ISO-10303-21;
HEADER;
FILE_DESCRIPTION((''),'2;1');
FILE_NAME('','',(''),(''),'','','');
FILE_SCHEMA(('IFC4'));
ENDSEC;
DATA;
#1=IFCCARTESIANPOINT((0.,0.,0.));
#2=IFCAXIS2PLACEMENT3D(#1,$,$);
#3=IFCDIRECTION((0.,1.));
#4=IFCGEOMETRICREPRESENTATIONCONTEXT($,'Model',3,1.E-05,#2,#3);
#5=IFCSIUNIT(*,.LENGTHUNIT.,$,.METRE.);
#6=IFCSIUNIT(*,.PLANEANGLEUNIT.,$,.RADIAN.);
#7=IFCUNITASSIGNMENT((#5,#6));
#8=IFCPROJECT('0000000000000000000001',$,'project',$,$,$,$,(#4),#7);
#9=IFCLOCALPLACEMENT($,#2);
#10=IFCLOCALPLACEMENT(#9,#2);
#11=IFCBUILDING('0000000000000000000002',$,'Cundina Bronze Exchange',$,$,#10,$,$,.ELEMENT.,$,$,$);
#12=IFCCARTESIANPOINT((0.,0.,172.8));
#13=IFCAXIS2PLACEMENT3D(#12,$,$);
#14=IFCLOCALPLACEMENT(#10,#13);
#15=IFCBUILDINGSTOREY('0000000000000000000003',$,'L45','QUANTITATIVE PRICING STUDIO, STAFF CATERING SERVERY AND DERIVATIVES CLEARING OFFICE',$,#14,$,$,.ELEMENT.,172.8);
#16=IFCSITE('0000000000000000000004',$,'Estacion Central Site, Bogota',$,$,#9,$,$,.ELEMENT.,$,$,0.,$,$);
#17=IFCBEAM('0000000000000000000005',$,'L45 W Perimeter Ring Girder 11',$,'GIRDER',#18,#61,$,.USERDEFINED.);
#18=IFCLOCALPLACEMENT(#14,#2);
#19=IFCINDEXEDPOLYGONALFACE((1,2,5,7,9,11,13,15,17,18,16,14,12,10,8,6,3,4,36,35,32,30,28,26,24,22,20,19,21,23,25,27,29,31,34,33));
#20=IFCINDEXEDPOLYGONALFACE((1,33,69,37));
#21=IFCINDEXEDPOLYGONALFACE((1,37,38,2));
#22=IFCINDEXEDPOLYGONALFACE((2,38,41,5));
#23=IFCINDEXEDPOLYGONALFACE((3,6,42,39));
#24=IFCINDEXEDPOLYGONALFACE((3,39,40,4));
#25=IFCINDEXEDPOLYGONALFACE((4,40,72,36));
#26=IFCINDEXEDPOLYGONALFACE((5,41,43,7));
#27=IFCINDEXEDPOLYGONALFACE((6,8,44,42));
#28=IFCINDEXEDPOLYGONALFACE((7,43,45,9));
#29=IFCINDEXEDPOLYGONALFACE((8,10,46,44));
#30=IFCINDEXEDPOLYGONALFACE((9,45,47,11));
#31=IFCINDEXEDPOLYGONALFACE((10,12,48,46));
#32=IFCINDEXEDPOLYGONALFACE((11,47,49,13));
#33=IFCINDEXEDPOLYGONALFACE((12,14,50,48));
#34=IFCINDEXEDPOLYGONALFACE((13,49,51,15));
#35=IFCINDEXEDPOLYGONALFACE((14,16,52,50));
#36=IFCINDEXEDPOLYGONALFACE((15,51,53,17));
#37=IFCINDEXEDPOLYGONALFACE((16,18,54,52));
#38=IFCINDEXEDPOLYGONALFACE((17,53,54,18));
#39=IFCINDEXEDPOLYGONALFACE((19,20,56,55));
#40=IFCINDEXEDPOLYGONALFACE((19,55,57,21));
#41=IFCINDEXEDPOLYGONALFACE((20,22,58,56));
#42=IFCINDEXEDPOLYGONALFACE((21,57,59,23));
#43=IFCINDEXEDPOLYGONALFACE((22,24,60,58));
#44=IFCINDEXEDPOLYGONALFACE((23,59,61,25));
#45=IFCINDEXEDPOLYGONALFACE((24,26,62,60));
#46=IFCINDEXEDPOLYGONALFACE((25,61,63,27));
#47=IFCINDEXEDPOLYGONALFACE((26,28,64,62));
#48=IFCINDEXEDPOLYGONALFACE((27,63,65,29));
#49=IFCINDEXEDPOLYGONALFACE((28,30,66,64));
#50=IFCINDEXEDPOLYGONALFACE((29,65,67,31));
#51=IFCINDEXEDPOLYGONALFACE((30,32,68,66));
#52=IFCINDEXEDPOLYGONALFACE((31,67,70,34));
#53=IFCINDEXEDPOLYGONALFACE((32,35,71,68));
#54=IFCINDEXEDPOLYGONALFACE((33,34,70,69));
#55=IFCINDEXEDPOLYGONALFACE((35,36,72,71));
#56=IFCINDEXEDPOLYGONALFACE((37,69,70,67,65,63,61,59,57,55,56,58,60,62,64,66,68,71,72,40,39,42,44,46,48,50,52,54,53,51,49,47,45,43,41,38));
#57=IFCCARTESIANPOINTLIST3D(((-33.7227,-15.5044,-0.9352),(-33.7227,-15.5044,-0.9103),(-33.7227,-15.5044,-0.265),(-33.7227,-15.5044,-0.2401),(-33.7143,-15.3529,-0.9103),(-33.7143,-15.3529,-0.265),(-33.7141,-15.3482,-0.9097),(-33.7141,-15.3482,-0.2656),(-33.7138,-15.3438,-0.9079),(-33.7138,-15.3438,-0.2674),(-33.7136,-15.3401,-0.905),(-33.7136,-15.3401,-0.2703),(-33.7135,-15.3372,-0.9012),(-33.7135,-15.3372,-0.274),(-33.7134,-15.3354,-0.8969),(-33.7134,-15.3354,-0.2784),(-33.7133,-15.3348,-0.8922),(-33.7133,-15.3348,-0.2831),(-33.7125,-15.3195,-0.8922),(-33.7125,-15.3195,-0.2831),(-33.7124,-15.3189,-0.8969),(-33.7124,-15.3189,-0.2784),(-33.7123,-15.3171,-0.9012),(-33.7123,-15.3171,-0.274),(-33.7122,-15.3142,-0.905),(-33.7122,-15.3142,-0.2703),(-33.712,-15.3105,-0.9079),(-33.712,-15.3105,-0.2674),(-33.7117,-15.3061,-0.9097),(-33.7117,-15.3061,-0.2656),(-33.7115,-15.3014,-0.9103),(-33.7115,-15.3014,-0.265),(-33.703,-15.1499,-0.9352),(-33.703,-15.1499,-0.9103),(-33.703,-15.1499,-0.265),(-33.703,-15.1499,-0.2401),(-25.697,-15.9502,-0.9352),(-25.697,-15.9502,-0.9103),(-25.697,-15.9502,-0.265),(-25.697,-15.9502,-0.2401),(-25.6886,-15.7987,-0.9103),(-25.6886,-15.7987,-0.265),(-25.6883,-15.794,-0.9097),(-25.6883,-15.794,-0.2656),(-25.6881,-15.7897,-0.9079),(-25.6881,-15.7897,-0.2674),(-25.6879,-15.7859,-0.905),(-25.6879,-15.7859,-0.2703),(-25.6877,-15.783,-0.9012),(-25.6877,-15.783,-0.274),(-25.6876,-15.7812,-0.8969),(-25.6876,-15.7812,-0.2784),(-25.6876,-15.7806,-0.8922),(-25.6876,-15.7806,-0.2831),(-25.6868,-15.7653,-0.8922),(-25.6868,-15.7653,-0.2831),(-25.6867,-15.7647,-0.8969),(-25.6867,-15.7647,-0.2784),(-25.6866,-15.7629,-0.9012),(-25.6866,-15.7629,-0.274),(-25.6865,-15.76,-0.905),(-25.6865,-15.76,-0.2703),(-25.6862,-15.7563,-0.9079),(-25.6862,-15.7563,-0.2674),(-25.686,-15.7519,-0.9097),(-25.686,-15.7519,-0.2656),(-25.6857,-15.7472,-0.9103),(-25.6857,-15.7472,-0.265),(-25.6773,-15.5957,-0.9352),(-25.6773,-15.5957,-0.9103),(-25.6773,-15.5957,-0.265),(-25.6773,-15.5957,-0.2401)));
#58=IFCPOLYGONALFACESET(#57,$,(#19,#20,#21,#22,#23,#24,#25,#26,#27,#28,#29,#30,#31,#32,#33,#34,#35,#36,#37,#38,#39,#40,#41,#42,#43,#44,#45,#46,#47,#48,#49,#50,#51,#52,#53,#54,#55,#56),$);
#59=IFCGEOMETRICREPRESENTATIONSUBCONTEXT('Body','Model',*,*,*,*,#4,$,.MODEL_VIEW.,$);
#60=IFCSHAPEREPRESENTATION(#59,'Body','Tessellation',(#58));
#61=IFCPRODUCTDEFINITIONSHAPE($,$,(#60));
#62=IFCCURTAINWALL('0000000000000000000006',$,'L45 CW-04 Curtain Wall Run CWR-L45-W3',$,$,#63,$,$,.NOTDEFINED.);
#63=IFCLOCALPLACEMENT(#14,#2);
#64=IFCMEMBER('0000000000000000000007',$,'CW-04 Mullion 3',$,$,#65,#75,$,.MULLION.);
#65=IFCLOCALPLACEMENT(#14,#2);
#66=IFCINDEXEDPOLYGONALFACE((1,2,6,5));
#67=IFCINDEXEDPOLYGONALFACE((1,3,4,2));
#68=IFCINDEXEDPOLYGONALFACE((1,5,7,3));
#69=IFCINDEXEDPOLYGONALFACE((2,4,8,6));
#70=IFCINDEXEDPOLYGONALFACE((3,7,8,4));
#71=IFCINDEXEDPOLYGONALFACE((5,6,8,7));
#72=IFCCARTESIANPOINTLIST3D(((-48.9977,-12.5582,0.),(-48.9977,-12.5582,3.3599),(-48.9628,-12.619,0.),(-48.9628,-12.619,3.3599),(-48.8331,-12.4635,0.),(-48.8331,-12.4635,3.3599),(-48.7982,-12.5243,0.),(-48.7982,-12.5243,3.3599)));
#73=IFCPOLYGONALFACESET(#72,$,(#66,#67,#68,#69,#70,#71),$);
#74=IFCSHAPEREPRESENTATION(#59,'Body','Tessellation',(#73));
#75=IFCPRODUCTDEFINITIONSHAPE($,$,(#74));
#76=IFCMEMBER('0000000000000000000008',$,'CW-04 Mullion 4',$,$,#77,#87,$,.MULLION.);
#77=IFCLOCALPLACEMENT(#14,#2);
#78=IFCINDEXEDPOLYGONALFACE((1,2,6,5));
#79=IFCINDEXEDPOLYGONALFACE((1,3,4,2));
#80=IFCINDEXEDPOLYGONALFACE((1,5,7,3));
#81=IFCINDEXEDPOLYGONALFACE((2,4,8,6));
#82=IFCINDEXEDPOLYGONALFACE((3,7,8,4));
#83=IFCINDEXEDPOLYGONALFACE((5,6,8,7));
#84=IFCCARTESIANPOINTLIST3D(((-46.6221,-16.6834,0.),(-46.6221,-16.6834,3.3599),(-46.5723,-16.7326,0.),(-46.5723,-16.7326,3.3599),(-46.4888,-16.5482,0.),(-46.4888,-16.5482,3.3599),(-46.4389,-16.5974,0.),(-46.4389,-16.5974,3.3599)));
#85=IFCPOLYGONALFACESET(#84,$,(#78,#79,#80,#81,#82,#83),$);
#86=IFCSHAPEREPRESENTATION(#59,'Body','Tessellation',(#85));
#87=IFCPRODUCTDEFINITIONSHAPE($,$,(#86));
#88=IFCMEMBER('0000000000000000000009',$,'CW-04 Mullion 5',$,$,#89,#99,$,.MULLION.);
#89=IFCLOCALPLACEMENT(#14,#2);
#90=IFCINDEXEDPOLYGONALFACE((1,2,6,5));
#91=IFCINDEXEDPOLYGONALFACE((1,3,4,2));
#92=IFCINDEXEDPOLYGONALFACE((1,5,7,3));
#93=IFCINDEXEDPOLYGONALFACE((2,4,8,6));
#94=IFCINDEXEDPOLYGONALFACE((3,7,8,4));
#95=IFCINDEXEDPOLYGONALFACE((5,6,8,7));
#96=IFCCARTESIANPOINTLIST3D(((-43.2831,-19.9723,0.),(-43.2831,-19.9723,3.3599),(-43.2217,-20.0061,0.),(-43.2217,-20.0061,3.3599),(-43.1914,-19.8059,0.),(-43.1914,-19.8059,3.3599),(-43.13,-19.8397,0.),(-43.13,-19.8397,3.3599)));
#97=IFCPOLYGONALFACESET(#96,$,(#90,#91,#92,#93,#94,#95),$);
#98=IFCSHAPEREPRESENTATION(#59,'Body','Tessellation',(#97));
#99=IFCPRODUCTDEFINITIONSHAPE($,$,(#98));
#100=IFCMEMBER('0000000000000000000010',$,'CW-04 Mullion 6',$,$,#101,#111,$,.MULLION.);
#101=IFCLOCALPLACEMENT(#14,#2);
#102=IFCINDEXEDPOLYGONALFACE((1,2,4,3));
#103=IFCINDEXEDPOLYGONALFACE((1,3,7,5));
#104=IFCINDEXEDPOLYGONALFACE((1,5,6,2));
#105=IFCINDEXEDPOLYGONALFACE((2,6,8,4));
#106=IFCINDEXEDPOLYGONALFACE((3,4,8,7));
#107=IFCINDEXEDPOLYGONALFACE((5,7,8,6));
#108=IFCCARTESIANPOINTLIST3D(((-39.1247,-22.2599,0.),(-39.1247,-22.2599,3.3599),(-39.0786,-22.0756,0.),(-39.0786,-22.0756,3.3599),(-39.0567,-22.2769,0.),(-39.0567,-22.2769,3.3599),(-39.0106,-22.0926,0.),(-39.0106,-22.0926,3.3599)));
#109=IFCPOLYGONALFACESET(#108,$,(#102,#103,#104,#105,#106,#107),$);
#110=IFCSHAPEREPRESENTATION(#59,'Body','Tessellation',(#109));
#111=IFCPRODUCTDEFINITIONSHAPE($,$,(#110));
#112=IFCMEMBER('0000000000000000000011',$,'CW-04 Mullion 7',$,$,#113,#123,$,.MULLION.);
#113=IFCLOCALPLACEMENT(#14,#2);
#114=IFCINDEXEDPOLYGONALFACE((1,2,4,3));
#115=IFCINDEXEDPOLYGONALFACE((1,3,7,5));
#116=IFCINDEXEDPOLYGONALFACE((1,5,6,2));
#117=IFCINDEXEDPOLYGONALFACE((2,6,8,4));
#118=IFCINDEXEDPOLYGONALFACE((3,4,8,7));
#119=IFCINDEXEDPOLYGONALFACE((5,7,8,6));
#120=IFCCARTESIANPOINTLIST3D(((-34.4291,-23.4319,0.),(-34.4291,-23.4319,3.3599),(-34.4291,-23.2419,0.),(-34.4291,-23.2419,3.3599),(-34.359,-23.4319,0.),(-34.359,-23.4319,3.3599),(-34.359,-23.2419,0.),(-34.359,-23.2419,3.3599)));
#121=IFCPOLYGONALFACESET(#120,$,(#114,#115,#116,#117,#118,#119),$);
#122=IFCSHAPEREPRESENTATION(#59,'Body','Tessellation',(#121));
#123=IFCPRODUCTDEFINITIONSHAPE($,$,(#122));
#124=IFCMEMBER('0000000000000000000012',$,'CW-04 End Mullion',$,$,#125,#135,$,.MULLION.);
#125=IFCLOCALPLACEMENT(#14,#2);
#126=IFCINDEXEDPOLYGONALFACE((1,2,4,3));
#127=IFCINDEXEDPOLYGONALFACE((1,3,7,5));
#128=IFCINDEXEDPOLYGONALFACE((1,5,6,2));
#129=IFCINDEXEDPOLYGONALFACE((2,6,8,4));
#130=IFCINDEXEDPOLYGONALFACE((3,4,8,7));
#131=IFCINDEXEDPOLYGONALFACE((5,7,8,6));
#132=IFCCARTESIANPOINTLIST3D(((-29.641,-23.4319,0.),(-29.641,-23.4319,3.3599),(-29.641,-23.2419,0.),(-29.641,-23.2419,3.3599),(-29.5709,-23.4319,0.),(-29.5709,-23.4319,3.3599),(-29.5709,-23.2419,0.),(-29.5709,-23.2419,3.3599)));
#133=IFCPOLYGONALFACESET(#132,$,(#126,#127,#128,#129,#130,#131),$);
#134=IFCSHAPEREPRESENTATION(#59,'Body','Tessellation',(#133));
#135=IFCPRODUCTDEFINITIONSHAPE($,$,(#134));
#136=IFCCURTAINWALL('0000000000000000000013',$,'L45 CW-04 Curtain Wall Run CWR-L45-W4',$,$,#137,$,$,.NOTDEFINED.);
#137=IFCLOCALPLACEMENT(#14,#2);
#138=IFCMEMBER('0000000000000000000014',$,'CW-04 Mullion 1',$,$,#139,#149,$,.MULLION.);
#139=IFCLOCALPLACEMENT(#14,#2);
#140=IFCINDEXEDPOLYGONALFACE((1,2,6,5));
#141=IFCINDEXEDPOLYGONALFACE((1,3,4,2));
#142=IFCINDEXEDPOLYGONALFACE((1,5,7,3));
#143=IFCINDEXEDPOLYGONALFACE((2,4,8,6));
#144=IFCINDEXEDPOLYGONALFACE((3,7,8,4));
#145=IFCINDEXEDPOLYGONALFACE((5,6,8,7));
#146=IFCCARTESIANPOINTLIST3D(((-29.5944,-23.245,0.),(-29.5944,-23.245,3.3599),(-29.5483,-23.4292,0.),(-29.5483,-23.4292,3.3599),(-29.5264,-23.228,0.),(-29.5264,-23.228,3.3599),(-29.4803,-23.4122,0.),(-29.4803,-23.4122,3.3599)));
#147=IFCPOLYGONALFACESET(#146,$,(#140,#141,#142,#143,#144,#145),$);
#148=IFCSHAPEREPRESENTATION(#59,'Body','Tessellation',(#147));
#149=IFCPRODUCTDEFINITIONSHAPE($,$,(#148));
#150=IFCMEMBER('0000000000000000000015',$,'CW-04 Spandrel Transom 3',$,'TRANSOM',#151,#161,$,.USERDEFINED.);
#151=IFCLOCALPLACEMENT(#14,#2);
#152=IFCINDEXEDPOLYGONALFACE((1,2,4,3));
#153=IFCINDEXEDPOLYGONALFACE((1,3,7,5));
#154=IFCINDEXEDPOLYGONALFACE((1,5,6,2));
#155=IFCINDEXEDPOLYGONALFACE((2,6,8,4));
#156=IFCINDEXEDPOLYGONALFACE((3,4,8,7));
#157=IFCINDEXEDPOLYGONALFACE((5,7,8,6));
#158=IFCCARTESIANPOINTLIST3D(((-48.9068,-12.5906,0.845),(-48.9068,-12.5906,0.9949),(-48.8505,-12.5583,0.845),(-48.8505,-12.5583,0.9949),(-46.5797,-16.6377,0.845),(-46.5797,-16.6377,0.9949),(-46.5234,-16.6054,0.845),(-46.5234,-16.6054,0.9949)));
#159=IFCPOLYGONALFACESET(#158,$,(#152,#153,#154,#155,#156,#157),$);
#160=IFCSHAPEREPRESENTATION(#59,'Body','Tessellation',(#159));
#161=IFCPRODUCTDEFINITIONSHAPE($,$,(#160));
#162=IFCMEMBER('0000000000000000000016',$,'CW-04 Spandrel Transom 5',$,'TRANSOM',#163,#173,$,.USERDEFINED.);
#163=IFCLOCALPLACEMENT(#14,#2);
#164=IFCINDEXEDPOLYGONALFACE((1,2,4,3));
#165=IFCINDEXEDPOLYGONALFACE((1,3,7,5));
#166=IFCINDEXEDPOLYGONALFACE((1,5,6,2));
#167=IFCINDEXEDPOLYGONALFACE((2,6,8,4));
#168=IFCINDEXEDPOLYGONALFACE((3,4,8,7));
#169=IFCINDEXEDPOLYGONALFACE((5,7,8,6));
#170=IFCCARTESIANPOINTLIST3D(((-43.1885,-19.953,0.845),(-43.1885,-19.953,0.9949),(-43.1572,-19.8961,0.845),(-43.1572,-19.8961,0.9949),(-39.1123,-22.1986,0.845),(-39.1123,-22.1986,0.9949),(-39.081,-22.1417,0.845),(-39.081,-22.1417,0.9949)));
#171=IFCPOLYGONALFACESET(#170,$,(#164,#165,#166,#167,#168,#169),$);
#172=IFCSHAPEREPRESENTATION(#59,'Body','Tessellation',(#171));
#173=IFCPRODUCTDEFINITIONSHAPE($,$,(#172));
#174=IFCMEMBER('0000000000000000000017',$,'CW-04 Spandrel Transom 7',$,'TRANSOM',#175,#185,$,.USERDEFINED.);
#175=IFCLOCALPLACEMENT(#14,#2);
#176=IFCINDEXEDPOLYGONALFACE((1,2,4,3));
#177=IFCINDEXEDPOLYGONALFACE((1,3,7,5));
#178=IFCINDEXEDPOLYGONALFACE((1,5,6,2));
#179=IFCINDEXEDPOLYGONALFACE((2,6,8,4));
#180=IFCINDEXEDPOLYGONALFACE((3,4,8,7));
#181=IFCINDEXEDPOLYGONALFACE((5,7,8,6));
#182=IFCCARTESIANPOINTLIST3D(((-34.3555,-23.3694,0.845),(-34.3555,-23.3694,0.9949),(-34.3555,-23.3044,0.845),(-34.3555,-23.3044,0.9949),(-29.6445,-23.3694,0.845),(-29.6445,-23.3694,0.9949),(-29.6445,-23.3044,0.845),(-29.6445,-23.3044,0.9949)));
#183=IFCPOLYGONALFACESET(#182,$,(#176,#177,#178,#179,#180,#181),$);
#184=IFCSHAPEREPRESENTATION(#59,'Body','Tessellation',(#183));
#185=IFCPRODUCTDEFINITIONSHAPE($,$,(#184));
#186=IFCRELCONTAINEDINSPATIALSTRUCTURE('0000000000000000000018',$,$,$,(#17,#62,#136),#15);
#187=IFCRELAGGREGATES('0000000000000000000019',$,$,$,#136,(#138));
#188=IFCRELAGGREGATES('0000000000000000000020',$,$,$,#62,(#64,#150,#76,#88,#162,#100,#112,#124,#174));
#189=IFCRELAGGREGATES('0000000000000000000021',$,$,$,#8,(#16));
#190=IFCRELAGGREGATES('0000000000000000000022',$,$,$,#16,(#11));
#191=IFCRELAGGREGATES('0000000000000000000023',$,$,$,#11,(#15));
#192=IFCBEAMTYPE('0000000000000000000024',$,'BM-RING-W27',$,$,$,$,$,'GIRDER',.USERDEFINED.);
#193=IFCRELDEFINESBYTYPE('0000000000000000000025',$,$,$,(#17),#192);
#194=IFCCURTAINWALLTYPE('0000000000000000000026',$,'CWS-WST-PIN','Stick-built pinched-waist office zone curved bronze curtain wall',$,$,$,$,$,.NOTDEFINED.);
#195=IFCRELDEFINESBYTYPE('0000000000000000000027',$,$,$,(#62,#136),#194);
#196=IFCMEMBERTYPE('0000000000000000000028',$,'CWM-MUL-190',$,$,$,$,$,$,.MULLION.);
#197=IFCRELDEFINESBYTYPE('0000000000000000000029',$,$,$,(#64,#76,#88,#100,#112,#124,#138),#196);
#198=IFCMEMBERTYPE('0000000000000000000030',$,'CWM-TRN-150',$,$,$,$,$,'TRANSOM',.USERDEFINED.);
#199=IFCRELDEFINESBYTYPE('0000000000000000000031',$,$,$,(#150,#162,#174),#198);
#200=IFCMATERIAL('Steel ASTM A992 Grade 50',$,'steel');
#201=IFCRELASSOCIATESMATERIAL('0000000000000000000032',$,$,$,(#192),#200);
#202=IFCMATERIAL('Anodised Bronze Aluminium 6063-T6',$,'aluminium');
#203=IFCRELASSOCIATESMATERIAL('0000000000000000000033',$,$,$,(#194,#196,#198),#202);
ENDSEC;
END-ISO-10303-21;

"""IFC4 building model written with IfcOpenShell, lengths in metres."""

from ifc_helpers import new_model, si_unit, direction, frame, origin, origin_2d, place, context, subcontext, project, spatial, rectangle, i_section, extrude, material, material_profile, profile_set, type_object, element, aggregate, save


model = new_model("IFC4")

# Units and contexts
model_context = context("Model", 3, precision=1e-05, world=origin(), true_north=direction((0.0, 1.0)))
body_context = subcontext(model_context, "Body", "Model", "MODEL_VIEW")
ifc_project = project(units=[si_unit("LENGTHUNIT", "METRE"), si_unit("PLANEANGLEUNIT", "RADIAN")], contexts=[model_context])

# Site, building, storey
site_placement = place(None, origin())
site = spatial("IfcSite", under=ifc_project, at=site_placement, Name="Estacion Central Site, Bogota", CompositionType="ELEMENT", RefElevation=0.0)
building_placement = place(site_placement, origin())
building = spatial("IfcBuilding", under=site, at=building_placement, Name="Cundina Bronze Exchange", CompositionType="ELEMENT")
storey_placement = place(building_placement, frame((0.0, 0.0, 172.8)))
storey = spatial("IfcBuildingStorey", under=building, at=storey_placement, Name="L45", Description="QUANTITATIVE PRICING STUDIO, STAFF CATERING SERVERY AND DERIVATIVES CLEARING OFFICE", CompositionType="ELEMENT", Elevation=172.8)

# Beam
ifc_material_1 = material(Name="Steel ASTM A992 Grade 50", Category="steel")
ifc_material_profile_1 = material_profile(ifc_material_1, i_section(OverallWidth=0.355, OverallDepth=0.6951, WebThickness=0.0154, FlangeThickness=0.0249, FilletRadius=0.0181, at=origin_2d()), Name="W27X146", Category="steel")
ifc_profile_set_1 = profile_set([ifc_material_profile_1], Name="Steel ASTM A992 Grade 50")
beam_type_1 = type_object("IfcBeamType", Name="BM-RING-W27", ElementType="GIRDER", PredefinedType="USERDEFINED", material=ifc_profile_set_1)
for number, where, z_axis, x_axis, name in (
    (1, (-33.7129, -15.3271, -0.5876), (0.998461, -0.055462, 0.0), (0.055462, 0.998461, 0.0), "L45 W Perimeter Ring Girder 11"),
):
    element("IfcBeam", number, at=place(storey_placement, frame(where, z_axis=z_axis, x_axis=x_axis)), inside=storey, type_object=beam_type_1, Name=name, ObjectType="GIRDER", PredefinedType="USERDEFINED", context=body_context, shape_type="SweptSolid", body=[
        extrude(i_section(OverallWidth=0.355, OverallDepth=0.6951, WebThickness=0.0154, FlangeThickness=0.0249, FilletRadius=0.0181, at=origin_2d()), origin(), (0.0, 0.0, 1.0), 8.0381),
    ])

# Curtain wall, members
ifc_material_2 = material(Name="Anodised Bronze Aluminium 6063-T6", Category="aluminium")
curtain_wall_type = type_object("IfcCurtainWallType", Name="CWS-WST-PIN", Description="Stick-built pinched-waist office zone curved bronze curtain wall", PredefinedType="NOTDEFINED", material=ifc_material_2)
curtain_wall_1_placement = place(storey_placement, origin())
curtain_wall_1 = element("IfcCurtainWall", 2, at=curtain_wall_1_placement, inside=storey, type_object=curtain_wall_type, Name="L45 CW-04 Curtain Wall Run CWR-L45-W3", PredefinedType="NOTDEFINED")
ifc_material_profile_2 = material_profile(ifc_material_2, rectangle(XDim=0.0701, YDim=0.1899, at=origin_2d()), Name="AL70X190", Category="aluminium")
ifc_profile_set_2 = profile_set([ifc_material_profile_2], Name="Anodised Bronze Aluminium 6063-T6")
member_type_1 = type_object("IfcMemberType", Name="CWM-MUL-190", PredefinedType="MULLION", material=ifc_profile_set_2)
member_1_placement = place(storey_placement, frame((-48.8979, -12.5413, 0.0), z_axis=(0.0, 0.0, 1.0), x_axis=(0.498488, -0.866897, 0.0)))
member_1 = element("IfcMember", 3, at=member_1_placement, type_object=member_type_1, Name="CW-04 Mullion 3", PredefinedType="MULLION", context=body_context, shape_type="SweptSolid", body=[
    extrude(rectangle(XDim=0.0701, YDim=0.1899, at=origin_2d()), origin(), (0.0, 0.0, 1.0), 3.3599),
])
member_2_placement = place(storey_placement, frame((-46.5305, -16.6404, 0.0), z_axis=(0.0, 0.0, 1.0), x_axis=(0.712026, -0.702153, 0.0)))
member_2 = element("IfcMember", 4, at=member_2_placement, type_object=member_type_1, Name="CW-04 Mullion 4", PredefinedType="MULLION", context=body_context, shape_type="SweptSolid", body=[
    extrude(rectangle(XDim=0.0701, YDim=0.1899, at=origin_2d()), origin(), (0.0, 0.0, 1.0), 3.3599),
])
member_3_placement = place(storey_placement, frame((-43.2065, -19.906, 0.0), z_axis=(0.0, 0.0, 1.0), x_axis=(0.875886, -0.482518, 0.0)))
member_3 = element("IfcMember", 5, at=member_3_placement, type_object=member_type_1, Name="CW-04 Mullion 5", PredefinedType="MULLION", context=body_context, shape_type="SweptSolid", body=[
    extrude(rectangle(XDim=0.0701, YDim=0.1899, at=origin_2d()), origin(), (0.0, 0.0, 1.0), 3.3599),
])
member_4_placement = place(storey_placement, frame((-39.0676, -22.1763, 0.0), z_axis=(0.0, 0.0, 1.0), x_axis=(0.970084, -0.242769, 0.0)))
member_4 = element("IfcMember", 6, at=member_4_placement, type_object=member_type_1, Name="CW-04 Mullion 6", PredefinedType="MULLION", context=body_context, shape_type="SweptSolid", body=[
    extrude(rectangle(XDim=0.0701, YDim=0.1899, at=origin_2d()), origin(), (0.0, 0.0, 1.0), 3.3599),
])
member_5_placement = place(storey_placement, frame((-34.394, -23.3369, 0.0), z_axis=(0.0, 0.0, 1.0), x_axis=(1.0, 0.0, 0.0)))
member_5 = element("IfcMember", 7, at=member_5_placement, type_object=member_type_1, Name="CW-04 Mullion 7", PredefinedType="MULLION", context=body_context, shape_type="SweptSolid", body=[
    extrude(rectangle(XDim=0.0701, YDim=0.1899, at=origin_2d()), origin(), (0.0, 0.0, 1.0), 3.3599),
])
member_6_placement = place(storey_placement, frame((-29.606, -23.3369, 0.0), z_axis=(0.0, 0.0, 1.0), x_axis=(1.0, 0.0, 0.0)))
member_6 = element("IfcMember", 8, at=member_6_placement, type_object=member_type_1, Name="CW-04 End Mullion", PredefinedType="MULLION", context=body_context, shape_type="SweptSolid", body=[
    extrude(rectangle(XDim=0.0701, YDim=0.1899, at=origin_2d()), origin(), (0.0, 0.0, 1.0), 3.3599),
])

# Curtain wall, member
curtain_wall_2_placement = place(storey_placement, origin())
curtain_wall_2 = element("IfcCurtainWall", 9, at=curtain_wall_2_placement, inside=storey, type_object=curtain_wall_type, Name="L45 CW-04 Curtain Wall Run CWR-L45-W4", PredefinedType="NOTDEFINED")
member_7_placement = place(storey_placement, frame((-29.5374, -23.3286, 0.0), z_axis=(0.0, 0.0, 1.0), x_axis=(0.970084, 0.242769, 0.0)))
member_7 = element("IfcMember", 10, at=member_7_placement, type_object=member_type_1, Name="CW-04 Mullion 1", PredefinedType="MULLION", context=body_context, shape_type="SweptSolid", body=[
    extrude(rectangle(XDim=0.0701, YDim=0.1899, at=origin_2d()), origin(), (0.0, 0.0, 1.0), 3.3599),
])
aggregate(curtain_wall_2, [member_7])

# Members
ifc_material_profile_3 = material_profile(ifc_material_2, rectangle(XDim=0.0649, YDim=0.1499, at=origin_2d()), Name="AL65X150", Category="aluminium")
ifc_profile_set_3 = profile_set([ifc_material_profile_3], Name="Anodised Bronze Aluminium 6063-T6")
member_type_2 = type_object("IfcMemberType", Name="CWM-TRN-150", ElementType="TRANSOM", PredefinedType="USERDEFINED", material=ifc_profile_set_3)
member_8_placement = place(storey_placement, frame((-48.8787, -12.5745, 0.9199), z_axis=(0.49848, -0.866901, 0.0), x_axis=(0.866901, 0.49848, 0.0)))
member_8 = element("IfcMember", 11, at=member_8_placement, type_object=member_type_2, Name="CW-04 Spandrel Transom 3", ObjectType="TRANSOM", PredefinedType="USERDEFINED", context=body_context, shape_type="SweptSolid", body=[
    extrude(rectangle(XDim=0.0649, YDim=0.1499, at=origin_2d()), origin(), (0.0, 0.0, 1.0), 4.6685),
])
member_9_placement = place(storey_placement, frame((-43.1729, -19.9246, 0.9199), z_axis=(0.875879, -0.482531, 0.0), x_axis=(0.482531, 0.875879, 0.0)))
member_9 = element("IfcMember", 12, at=member_9_placement, type_object=member_type_2, Name="CW-04 Spandrel Transom 5", ObjectType="TRANSOM", PredefinedType="USERDEFINED", context=body_context, shape_type="SweptSolid", body=[
    extrude(rectangle(XDim=0.0649, YDim=0.1499, at=origin_2d()), origin(), (0.0, 0.0, 1.0), 4.6538),
])
member_10_placement = place(storey_placement, frame((-34.3555, -23.3369, 0.9199), z_axis=(1.0, 0.0, 0.0), x_axis=(0.0, 1.0, 0.0)))
member_10 = element("IfcMember", 13, at=member_10_placement, type_object=member_type_2, Name="CW-04 Spandrel Transom 7", ObjectType="TRANSOM", PredefinedType="USERDEFINED", context=body_context, shape_type="SweptSolid", body=[
    extrude(rectangle(XDim=0.0649, YDim=0.1499, at=origin_2d()), origin(), (0.0, 0.0, 1.0), 4.7109),
])

aggregate(curtain_wall_1, [member_1, member_8, member_2, member_3, member_9, member_4, member_5, member_6, member_10])

save(model, "model.ifc")
